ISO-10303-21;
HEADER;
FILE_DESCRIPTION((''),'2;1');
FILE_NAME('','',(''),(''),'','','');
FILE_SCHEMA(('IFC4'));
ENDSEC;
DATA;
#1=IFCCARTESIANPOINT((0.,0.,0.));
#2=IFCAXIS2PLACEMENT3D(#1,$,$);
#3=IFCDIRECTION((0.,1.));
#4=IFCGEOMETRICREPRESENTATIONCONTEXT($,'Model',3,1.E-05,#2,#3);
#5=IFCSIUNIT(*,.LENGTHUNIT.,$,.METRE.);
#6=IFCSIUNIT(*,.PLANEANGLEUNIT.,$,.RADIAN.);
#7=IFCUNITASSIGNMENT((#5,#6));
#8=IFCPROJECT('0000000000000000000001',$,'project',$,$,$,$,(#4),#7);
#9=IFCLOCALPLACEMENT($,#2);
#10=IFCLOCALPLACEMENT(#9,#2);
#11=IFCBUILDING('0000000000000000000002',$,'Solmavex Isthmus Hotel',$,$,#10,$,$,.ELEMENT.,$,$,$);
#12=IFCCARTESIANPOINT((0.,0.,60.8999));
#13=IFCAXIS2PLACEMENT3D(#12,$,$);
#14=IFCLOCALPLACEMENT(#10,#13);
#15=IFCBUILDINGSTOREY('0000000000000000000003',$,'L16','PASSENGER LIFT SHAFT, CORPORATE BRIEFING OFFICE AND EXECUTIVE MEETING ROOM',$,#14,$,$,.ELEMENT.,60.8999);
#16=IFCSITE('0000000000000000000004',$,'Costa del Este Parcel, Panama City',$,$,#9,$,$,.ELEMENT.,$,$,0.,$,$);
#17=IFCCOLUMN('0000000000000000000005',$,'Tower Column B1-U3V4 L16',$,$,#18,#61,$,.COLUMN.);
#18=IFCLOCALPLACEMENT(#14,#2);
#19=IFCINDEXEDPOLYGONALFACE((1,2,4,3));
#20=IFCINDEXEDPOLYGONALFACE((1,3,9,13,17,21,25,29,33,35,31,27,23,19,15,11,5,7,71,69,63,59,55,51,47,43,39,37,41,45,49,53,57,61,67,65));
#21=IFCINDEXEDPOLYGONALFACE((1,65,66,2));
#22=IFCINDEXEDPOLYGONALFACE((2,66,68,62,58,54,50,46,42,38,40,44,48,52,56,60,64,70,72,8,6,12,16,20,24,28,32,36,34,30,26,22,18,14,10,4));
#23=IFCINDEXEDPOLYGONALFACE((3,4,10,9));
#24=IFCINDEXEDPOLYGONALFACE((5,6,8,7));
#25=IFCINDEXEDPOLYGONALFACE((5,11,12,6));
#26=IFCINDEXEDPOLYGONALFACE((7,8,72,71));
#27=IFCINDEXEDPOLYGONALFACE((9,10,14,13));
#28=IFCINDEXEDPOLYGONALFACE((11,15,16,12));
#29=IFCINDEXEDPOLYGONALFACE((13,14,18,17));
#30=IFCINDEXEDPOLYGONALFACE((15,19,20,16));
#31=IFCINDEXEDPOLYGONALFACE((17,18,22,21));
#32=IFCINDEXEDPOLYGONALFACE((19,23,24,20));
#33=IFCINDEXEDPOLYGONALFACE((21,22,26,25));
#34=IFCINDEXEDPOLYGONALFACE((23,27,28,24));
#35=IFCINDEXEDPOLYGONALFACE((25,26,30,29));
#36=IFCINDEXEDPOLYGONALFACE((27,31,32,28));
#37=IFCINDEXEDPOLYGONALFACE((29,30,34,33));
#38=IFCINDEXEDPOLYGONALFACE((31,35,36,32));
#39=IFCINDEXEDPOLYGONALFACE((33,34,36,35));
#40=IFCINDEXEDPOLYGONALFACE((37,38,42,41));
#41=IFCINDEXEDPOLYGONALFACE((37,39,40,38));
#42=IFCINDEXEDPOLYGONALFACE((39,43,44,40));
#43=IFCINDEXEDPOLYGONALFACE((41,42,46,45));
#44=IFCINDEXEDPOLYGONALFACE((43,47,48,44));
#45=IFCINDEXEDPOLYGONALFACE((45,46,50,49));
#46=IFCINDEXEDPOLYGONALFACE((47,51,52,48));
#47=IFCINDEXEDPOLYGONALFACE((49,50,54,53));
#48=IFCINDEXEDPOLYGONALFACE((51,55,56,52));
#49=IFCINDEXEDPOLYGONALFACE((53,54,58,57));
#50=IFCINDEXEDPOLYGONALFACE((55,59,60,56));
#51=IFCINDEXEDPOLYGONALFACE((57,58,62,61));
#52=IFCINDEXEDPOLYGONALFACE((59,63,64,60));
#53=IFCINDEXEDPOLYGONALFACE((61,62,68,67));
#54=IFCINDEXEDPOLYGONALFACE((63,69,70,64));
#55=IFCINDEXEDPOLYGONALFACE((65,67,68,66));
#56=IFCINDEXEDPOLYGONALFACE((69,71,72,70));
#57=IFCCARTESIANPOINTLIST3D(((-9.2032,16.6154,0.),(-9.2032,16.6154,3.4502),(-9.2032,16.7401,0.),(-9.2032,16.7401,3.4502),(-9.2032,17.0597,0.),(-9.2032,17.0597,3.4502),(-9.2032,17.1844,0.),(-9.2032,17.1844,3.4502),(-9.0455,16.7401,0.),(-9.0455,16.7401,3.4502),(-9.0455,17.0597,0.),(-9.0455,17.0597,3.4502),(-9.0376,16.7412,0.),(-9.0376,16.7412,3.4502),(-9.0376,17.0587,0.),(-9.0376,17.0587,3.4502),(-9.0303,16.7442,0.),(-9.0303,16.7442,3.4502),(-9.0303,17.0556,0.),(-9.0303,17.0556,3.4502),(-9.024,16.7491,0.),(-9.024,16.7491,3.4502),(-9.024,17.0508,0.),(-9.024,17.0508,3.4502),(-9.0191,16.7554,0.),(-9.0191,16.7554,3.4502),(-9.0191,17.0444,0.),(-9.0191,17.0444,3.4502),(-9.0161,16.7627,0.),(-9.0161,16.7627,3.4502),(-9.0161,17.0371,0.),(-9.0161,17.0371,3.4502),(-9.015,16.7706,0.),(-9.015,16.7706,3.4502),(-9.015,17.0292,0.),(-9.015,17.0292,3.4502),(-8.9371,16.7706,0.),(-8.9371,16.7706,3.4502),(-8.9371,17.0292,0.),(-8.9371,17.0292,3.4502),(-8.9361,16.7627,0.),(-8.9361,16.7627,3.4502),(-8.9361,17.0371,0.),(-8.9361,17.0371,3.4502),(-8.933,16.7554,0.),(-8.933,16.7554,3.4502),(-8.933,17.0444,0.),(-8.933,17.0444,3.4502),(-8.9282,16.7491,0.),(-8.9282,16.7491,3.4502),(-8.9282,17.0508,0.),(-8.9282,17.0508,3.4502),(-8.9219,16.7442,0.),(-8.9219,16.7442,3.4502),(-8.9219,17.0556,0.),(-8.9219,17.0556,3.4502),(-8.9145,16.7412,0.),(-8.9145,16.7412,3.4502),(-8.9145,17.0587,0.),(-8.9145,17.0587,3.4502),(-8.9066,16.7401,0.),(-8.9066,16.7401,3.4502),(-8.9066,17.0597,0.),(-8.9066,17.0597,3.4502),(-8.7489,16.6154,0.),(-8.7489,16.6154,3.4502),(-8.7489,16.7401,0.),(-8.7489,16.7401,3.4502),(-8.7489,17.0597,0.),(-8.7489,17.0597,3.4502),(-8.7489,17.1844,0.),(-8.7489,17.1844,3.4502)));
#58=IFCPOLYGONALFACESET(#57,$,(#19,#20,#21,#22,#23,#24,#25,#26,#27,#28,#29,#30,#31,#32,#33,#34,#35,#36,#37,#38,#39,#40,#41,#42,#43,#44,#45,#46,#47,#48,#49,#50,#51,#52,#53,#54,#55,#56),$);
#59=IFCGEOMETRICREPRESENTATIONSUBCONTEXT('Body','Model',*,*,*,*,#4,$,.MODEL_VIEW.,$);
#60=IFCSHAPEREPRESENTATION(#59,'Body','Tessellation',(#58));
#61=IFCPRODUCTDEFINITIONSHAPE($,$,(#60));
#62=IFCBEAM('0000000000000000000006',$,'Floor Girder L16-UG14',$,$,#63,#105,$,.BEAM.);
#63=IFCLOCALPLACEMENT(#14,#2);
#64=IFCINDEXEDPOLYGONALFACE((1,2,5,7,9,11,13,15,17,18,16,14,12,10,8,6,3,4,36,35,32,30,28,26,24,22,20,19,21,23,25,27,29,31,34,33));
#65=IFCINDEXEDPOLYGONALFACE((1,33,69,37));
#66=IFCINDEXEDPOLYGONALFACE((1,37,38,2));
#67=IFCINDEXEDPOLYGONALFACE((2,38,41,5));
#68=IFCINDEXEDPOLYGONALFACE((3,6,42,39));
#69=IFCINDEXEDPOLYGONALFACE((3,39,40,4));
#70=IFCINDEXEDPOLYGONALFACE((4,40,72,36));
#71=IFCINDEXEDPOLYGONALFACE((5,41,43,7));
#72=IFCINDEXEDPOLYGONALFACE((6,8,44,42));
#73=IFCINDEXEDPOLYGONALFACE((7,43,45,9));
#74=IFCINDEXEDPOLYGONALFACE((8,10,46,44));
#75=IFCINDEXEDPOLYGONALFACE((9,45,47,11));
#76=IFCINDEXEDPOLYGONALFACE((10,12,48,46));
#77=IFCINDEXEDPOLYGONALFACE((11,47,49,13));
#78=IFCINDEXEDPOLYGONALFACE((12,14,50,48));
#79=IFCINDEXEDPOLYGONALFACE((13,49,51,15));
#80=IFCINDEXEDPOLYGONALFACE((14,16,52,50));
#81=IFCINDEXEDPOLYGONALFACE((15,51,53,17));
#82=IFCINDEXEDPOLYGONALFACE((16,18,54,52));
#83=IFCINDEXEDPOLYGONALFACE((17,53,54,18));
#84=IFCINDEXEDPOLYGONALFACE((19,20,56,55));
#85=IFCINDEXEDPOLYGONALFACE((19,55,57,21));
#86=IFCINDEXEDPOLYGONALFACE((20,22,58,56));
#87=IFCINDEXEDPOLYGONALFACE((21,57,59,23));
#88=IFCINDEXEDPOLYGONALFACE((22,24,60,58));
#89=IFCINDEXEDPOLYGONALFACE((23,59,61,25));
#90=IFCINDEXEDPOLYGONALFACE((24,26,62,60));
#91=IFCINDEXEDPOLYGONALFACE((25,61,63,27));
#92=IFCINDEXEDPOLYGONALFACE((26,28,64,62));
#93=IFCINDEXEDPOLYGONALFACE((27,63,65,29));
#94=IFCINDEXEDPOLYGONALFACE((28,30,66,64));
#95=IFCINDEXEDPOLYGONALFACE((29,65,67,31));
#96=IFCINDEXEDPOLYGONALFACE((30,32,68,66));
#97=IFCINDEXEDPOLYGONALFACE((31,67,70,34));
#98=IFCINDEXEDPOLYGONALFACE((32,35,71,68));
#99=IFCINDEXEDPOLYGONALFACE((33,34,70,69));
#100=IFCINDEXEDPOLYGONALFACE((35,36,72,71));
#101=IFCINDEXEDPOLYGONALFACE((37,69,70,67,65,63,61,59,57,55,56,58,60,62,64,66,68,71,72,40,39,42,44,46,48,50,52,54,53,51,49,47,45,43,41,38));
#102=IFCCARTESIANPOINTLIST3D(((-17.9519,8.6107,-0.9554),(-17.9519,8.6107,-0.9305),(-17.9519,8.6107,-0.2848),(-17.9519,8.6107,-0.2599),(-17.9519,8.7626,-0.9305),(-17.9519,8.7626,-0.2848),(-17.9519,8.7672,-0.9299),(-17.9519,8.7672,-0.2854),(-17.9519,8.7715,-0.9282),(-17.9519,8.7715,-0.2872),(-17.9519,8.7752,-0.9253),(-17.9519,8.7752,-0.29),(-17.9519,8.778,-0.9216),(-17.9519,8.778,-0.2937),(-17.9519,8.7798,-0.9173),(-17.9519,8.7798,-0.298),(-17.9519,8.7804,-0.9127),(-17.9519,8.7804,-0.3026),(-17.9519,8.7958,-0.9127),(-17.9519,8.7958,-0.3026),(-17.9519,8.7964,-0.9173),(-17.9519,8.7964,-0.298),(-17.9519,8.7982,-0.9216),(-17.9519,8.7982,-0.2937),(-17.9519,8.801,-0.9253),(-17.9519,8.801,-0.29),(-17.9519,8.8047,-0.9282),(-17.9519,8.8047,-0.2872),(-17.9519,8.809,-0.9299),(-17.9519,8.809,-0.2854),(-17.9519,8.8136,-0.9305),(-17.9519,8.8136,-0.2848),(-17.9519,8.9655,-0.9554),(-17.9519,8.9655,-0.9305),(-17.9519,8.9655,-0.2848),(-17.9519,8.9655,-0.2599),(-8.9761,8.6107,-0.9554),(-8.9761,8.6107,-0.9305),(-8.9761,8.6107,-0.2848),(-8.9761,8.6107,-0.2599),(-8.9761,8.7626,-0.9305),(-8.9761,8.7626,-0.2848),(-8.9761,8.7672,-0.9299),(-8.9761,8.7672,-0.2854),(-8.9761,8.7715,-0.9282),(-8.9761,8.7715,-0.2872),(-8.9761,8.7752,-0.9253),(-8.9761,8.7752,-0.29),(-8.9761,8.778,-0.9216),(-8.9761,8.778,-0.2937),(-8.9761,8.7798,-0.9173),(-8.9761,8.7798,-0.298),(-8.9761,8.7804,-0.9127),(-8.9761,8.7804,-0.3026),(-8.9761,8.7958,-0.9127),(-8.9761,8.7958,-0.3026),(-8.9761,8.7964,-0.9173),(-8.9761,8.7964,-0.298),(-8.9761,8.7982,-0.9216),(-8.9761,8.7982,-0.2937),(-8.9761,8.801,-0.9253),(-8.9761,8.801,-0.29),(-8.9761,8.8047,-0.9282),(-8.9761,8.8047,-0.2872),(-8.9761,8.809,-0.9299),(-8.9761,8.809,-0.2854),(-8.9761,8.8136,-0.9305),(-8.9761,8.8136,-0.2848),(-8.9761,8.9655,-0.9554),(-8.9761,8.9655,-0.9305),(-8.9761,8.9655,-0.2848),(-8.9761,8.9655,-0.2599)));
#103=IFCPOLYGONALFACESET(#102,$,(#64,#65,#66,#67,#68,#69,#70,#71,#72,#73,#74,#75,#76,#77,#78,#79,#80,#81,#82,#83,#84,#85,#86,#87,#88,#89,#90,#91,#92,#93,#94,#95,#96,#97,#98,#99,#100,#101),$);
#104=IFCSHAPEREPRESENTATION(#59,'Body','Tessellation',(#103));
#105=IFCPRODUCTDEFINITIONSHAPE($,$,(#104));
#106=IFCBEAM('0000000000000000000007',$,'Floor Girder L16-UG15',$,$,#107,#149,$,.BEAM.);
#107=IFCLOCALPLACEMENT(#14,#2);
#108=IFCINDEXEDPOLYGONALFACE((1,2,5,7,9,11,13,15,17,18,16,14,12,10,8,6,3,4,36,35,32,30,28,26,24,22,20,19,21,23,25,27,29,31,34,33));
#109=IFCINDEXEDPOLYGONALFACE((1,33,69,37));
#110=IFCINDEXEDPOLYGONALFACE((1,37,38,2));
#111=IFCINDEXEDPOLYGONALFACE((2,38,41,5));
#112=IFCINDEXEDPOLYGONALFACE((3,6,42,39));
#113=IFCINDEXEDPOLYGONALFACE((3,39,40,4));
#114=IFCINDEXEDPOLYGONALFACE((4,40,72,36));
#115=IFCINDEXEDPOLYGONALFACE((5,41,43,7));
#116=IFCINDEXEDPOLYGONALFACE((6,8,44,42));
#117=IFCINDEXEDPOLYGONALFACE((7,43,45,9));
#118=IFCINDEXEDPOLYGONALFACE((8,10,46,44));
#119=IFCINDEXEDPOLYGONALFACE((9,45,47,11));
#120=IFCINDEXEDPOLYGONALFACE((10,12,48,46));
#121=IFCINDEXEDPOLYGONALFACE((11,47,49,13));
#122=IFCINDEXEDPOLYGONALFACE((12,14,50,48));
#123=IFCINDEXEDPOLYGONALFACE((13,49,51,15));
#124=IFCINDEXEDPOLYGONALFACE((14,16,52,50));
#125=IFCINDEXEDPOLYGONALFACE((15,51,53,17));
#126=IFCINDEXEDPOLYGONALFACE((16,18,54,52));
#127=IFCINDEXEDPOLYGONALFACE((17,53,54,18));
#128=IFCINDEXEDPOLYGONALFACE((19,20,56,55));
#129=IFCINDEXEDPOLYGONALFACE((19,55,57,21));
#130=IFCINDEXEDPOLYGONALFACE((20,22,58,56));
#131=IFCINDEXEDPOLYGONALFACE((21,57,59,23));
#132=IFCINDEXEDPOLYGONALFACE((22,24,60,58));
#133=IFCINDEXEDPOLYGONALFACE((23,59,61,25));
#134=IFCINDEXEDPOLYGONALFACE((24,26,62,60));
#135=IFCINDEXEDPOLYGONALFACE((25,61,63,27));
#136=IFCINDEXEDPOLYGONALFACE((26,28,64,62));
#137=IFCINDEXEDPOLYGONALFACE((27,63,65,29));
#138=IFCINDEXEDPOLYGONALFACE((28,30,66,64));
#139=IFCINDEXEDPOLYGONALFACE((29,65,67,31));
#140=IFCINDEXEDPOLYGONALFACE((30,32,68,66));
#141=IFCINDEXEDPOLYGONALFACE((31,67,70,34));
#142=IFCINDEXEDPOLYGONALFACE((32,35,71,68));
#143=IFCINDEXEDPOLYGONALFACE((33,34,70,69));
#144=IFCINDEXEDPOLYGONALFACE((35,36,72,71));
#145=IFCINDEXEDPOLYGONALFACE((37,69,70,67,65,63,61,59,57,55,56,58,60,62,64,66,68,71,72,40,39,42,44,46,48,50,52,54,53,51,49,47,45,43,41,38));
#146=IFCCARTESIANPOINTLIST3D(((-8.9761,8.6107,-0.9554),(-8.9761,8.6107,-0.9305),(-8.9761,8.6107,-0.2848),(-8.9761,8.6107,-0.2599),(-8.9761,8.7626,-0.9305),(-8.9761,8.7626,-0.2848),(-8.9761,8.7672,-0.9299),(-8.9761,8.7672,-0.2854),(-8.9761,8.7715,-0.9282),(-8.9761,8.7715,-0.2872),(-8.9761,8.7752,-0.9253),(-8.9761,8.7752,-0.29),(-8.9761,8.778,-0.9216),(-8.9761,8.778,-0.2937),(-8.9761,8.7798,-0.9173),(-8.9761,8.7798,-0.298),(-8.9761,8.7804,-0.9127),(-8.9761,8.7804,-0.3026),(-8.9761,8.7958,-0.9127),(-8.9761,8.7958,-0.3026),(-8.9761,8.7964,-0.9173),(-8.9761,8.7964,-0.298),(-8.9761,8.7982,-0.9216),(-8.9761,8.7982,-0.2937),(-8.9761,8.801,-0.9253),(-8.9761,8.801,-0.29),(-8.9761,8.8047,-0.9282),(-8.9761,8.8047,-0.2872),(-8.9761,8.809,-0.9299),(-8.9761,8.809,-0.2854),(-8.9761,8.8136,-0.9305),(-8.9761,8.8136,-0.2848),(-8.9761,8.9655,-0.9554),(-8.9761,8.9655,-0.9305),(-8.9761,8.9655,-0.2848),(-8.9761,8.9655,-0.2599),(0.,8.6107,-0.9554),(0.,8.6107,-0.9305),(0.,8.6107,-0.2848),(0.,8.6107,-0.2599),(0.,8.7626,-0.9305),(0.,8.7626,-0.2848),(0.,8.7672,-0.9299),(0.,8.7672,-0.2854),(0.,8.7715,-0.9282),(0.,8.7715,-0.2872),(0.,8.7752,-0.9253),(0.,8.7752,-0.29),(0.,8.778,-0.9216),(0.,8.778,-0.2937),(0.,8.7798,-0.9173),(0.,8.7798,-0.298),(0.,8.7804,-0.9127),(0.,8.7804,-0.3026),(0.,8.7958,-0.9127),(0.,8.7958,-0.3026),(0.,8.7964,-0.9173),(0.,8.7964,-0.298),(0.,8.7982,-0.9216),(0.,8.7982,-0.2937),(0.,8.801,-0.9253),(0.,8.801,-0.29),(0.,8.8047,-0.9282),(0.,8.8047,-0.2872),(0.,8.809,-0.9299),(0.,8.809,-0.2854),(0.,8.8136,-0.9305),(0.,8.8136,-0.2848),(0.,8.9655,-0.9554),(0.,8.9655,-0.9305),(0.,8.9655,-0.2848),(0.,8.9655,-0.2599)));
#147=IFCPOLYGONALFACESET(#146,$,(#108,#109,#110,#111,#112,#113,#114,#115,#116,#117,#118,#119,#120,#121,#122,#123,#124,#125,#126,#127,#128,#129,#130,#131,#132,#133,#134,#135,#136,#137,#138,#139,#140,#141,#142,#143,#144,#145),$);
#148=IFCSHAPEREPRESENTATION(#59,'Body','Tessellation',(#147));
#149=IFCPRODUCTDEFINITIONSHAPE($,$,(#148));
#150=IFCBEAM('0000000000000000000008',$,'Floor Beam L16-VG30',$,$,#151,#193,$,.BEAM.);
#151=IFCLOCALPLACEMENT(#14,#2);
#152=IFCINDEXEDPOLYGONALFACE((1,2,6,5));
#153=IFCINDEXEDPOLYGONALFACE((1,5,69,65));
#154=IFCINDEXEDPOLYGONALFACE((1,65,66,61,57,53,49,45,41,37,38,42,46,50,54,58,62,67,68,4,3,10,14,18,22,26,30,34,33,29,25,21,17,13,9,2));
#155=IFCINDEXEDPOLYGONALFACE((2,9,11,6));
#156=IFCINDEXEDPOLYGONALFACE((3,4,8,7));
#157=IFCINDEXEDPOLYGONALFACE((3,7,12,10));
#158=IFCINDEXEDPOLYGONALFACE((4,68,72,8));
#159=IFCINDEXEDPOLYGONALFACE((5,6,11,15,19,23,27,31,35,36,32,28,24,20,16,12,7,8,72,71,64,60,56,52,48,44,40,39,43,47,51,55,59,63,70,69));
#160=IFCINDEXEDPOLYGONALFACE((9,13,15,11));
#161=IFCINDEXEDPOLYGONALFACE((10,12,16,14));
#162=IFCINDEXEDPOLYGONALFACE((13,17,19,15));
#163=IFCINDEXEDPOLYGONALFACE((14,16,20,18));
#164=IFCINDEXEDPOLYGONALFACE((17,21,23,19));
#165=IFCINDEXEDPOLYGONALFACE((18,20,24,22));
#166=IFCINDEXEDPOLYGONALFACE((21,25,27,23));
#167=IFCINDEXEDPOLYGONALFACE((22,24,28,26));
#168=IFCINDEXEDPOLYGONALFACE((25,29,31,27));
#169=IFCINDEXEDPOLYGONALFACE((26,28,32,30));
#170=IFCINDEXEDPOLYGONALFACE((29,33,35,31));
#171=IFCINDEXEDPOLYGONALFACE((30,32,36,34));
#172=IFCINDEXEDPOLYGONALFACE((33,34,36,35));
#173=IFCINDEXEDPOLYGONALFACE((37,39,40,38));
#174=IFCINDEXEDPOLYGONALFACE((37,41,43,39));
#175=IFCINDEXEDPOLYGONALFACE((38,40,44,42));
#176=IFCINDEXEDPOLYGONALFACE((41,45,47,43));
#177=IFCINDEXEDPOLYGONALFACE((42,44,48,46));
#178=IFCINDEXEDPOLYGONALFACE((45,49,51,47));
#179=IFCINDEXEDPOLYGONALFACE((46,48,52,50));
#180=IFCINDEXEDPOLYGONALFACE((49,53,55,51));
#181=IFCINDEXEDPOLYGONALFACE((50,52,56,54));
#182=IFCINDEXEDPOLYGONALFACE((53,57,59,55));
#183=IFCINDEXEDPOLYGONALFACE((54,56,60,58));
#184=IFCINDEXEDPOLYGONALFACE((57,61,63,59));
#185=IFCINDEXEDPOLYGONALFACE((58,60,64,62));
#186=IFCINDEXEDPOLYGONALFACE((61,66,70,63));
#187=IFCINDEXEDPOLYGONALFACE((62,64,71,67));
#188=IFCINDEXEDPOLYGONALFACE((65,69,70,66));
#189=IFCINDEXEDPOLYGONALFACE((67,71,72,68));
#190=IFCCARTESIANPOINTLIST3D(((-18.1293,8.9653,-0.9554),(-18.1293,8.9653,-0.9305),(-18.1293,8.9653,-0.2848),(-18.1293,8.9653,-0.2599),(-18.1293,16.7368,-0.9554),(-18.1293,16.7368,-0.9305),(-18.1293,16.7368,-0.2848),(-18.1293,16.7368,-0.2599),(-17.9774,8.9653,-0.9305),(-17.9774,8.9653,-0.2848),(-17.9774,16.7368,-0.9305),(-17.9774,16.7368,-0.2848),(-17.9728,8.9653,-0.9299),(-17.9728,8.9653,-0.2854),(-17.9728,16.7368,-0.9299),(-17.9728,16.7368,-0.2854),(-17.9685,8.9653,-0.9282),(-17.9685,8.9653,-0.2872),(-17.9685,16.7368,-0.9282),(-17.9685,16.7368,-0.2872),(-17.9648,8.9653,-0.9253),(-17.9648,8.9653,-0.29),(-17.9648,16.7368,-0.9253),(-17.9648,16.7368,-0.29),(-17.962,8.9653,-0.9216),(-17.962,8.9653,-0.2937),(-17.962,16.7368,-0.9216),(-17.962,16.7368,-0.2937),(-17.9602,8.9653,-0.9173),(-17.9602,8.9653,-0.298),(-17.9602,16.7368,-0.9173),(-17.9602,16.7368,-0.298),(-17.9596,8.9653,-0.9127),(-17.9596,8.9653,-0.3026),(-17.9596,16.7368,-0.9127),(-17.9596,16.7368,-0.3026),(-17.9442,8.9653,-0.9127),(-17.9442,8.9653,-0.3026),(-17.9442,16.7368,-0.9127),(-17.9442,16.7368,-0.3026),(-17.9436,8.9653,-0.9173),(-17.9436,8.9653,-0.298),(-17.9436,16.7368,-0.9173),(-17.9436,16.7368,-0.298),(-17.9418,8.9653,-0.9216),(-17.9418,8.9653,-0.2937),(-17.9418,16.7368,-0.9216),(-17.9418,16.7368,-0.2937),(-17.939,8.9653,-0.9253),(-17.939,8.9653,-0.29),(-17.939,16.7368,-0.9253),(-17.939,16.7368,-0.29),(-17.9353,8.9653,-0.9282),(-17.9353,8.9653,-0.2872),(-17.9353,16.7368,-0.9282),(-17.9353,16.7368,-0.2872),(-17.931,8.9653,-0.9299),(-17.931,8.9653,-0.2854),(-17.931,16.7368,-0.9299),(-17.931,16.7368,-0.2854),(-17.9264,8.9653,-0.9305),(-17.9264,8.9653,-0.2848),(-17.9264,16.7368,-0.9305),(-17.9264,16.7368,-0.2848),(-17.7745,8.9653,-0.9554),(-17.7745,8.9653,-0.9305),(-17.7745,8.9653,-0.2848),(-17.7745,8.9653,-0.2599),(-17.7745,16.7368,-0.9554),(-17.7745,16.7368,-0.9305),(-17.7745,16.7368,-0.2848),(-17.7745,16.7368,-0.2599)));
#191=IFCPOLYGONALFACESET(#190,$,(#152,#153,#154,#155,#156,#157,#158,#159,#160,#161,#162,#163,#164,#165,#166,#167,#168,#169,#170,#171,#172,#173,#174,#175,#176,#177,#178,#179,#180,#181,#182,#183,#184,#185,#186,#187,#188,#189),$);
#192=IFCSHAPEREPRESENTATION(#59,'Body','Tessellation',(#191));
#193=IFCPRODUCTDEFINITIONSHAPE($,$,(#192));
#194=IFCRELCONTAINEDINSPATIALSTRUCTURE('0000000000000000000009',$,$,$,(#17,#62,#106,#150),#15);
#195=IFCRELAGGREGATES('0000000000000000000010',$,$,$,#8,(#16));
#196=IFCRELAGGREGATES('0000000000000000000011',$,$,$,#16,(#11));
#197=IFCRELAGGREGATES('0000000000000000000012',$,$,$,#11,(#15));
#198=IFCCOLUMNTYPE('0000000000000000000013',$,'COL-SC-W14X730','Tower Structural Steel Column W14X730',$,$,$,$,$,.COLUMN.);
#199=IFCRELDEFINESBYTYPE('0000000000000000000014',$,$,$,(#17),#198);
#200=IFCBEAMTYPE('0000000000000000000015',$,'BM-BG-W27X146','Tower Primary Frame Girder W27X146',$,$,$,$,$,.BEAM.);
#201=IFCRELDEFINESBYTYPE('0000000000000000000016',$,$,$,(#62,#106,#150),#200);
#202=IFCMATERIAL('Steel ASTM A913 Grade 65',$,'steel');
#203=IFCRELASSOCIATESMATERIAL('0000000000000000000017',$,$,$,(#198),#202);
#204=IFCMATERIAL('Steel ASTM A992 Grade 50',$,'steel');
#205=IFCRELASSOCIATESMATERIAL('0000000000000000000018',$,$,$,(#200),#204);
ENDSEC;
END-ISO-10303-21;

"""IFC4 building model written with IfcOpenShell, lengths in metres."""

from ifc_helpers import new_model, si_unit, direction, frame, origin, origin_2d, place, context, subcontext, project, spatial, i_section, extrude, material, material_profile, profile_set, type_object, element, save


model = new_model("IFC4")

# Units and contexts
model_context = context("Model", 3, precision=1e-05, world=origin(), true_north=direction((0.0, 1.0)))
body_context = subcontext(model_context, "Body", "Model", "MODEL_VIEW")
ifc_project = project(units=[si_unit("LENGTHUNIT", "METRE"), si_unit("PLANEANGLEUNIT", "RADIAN")], contexts=[model_context])

# Site, building, storey
site_placement = place(None, origin())
site = spatial("IfcSite", under=ifc_project, at=site_placement, Name="Costa del Este Parcel, Panama City", CompositionType="ELEMENT", RefElevation=0.0)
building_placement = place(site_placement, origin())
building = spatial("IfcBuilding", under=site, at=building_placement, Name="Solmavex Isthmus Hotel", CompositionType="ELEMENT")
storey_placement = place(building_placement, frame((0.0, 0.0, 60.8999)))
storey = spatial("IfcBuildingStorey", under=building, at=storey_placement, Name="L16", Description="PASSENGER LIFT SHAFT, CORPORATE BRIEFING OFFICE AND EXECUTIVE MEETING ROOM", CompositionType="ELEMENT", Elevation=60.8999)

# Column
ifc_material_1 = material(Name="Steel ASTM A913 Grade 65", Category="steel")
ifc_material_profile_1 = material_profile(ifc_material_1, i_section(OverallWidth=0.4543, OverallDepth=0.5691, WebThickness=0.0779, FlangeThickness=0.1248, FilletRadius=0.0305, at=origin_2d()), Name="W14X730")
ifc_profile_set_1 = profile_set([ifc_material_profile_1], Name="Steel ASTM A913 Grade 65")
column_type_1 = type_object("IfcColumnType", Name="COL-SC-W14X730", Description="Tower Structural Steel Column W14X730", PredefinedType="COLUMN", material=ifc_profile_set_1)
for number, where, z_axis, x_axis, name in (
    (1, (-8.9761, 16.8999, 0.0), (0.0, 0.0, 1.0), (1.0, 0.0, 0.0), "Tower Column B1-U3V4 L16"),
):
    element("IfcColumn", number, at=place(storey_placement, frame(where, z_axis=z_axis, x_axis=x_axis)), inside=storey, type_object=column_type_1, Name=name, PredefinedType="COLUMN", context=body_context, shape_type="SweptSolid", body=[
        extrude(i_section(OverallWidth=0.4543, OverallDepth=0.5691, WebThickness=0.0779, FlangeThickness=0.1248, FilletRadius=0.0305, at=origin_2d()), origin(), (0.0, 0.0, 1.0), 3.4502),
    ])

# Beams
ifc_material_2 = material(Name="Steel ASTM A992 Grade 50", Category="steel")
ifc_material_profile_2 = material_profile(ifc_material_2, i_section(OverallWidth=0.3547, OverallDepth=0.6956, WebThickness=0.0154, FlangeThickness=0.0249, FilletRadius=0.0178, at=origin_2d()), Name="W27X146")
ifc_profile_set_2 = profile_set([ifc_material_profile_2], Name="Steel ASTM A992 Grade 50")
beam_type_1 = type_object("IfcBeamType", Name="BM-BG-W27X146", Description="Tower Primary Frame Girder W27X146", PredefinedType="BEAM", material=ifc_profile_set_2)
beam_1_placement = place(storey_placement, frame((-17.9519, 8.7881, -0.6077), z_axis=(1.0, 0.0, 0.0), x_axis=(0.0, 1.0, 0.0)))
element("IfcBeam", 2, at=beam_1_placement, inside=storey, type_object=beam_type_1, Name="Floor Girder L16-UG14", PredefinedType="BEAM", context=body_context, shape_type="SweptSolid", body=[
    extrude(i_section(OverallWidth=0.3547, OverallDepth=0.6956, WebThickness=0.0154, FlangeThickness=0.0249, FilletRadius=0.0178, at=origin_2d()), origin(), (0.0, 0.0, 1.0), 8.9758),
])
beam_2_placement = place(storey_placement, frame((-8.9761, 8.7881, -0.6077), z_axis=(1.0, 0.0, 0.0), x_axis=(0.0, 1.0, 0.0)))
element("IfcBeam", 3, at=beam_2_placement, inside=storey, type_object=beam_type_1, Name="Floor Girder L16-UG15", PredefinedType="BEAM", context=body_context, shape_type="SweptSolid", body=[
    extrude(i_section(OverallWidth=0.3547, OverallDepth=0.6956, WebThickness=0.0154, FlangeThickness=0.0249, FilletRadius=0.0178, at=origin_2d()), origin(), (0.0, 0.0, 1.0), 8.9761),
])
for number, where, z_axis, x_axis, name in (
    (4, (-17.9519, 8.9653, -0.6077), (0.0, 1.0, 0.0), (-1.0, 0.0, 0.0), "Floor Beam L16-VG30"),
):
    element("IfcBeam", number, at=place(storey_placement, frame(where, z_axis=z_axis, x_axis=x_axis)), inside=storey, type_object=beam_type_1, Name=name, PredefinedType="BEAM", context=body_context, shape_type="SweptSolid", body=[
        extrude(i_section(OverallWidth=0.3547, OverallDepth=0.6956, WebThickness=0.0154, FlangeThickness=0.0249, FilletRadius=0.0178, at=origin_2d()), origin(), (0.0, 0.0, 1.0), 7.7715),
    ])

save(model, "model.ifc")
